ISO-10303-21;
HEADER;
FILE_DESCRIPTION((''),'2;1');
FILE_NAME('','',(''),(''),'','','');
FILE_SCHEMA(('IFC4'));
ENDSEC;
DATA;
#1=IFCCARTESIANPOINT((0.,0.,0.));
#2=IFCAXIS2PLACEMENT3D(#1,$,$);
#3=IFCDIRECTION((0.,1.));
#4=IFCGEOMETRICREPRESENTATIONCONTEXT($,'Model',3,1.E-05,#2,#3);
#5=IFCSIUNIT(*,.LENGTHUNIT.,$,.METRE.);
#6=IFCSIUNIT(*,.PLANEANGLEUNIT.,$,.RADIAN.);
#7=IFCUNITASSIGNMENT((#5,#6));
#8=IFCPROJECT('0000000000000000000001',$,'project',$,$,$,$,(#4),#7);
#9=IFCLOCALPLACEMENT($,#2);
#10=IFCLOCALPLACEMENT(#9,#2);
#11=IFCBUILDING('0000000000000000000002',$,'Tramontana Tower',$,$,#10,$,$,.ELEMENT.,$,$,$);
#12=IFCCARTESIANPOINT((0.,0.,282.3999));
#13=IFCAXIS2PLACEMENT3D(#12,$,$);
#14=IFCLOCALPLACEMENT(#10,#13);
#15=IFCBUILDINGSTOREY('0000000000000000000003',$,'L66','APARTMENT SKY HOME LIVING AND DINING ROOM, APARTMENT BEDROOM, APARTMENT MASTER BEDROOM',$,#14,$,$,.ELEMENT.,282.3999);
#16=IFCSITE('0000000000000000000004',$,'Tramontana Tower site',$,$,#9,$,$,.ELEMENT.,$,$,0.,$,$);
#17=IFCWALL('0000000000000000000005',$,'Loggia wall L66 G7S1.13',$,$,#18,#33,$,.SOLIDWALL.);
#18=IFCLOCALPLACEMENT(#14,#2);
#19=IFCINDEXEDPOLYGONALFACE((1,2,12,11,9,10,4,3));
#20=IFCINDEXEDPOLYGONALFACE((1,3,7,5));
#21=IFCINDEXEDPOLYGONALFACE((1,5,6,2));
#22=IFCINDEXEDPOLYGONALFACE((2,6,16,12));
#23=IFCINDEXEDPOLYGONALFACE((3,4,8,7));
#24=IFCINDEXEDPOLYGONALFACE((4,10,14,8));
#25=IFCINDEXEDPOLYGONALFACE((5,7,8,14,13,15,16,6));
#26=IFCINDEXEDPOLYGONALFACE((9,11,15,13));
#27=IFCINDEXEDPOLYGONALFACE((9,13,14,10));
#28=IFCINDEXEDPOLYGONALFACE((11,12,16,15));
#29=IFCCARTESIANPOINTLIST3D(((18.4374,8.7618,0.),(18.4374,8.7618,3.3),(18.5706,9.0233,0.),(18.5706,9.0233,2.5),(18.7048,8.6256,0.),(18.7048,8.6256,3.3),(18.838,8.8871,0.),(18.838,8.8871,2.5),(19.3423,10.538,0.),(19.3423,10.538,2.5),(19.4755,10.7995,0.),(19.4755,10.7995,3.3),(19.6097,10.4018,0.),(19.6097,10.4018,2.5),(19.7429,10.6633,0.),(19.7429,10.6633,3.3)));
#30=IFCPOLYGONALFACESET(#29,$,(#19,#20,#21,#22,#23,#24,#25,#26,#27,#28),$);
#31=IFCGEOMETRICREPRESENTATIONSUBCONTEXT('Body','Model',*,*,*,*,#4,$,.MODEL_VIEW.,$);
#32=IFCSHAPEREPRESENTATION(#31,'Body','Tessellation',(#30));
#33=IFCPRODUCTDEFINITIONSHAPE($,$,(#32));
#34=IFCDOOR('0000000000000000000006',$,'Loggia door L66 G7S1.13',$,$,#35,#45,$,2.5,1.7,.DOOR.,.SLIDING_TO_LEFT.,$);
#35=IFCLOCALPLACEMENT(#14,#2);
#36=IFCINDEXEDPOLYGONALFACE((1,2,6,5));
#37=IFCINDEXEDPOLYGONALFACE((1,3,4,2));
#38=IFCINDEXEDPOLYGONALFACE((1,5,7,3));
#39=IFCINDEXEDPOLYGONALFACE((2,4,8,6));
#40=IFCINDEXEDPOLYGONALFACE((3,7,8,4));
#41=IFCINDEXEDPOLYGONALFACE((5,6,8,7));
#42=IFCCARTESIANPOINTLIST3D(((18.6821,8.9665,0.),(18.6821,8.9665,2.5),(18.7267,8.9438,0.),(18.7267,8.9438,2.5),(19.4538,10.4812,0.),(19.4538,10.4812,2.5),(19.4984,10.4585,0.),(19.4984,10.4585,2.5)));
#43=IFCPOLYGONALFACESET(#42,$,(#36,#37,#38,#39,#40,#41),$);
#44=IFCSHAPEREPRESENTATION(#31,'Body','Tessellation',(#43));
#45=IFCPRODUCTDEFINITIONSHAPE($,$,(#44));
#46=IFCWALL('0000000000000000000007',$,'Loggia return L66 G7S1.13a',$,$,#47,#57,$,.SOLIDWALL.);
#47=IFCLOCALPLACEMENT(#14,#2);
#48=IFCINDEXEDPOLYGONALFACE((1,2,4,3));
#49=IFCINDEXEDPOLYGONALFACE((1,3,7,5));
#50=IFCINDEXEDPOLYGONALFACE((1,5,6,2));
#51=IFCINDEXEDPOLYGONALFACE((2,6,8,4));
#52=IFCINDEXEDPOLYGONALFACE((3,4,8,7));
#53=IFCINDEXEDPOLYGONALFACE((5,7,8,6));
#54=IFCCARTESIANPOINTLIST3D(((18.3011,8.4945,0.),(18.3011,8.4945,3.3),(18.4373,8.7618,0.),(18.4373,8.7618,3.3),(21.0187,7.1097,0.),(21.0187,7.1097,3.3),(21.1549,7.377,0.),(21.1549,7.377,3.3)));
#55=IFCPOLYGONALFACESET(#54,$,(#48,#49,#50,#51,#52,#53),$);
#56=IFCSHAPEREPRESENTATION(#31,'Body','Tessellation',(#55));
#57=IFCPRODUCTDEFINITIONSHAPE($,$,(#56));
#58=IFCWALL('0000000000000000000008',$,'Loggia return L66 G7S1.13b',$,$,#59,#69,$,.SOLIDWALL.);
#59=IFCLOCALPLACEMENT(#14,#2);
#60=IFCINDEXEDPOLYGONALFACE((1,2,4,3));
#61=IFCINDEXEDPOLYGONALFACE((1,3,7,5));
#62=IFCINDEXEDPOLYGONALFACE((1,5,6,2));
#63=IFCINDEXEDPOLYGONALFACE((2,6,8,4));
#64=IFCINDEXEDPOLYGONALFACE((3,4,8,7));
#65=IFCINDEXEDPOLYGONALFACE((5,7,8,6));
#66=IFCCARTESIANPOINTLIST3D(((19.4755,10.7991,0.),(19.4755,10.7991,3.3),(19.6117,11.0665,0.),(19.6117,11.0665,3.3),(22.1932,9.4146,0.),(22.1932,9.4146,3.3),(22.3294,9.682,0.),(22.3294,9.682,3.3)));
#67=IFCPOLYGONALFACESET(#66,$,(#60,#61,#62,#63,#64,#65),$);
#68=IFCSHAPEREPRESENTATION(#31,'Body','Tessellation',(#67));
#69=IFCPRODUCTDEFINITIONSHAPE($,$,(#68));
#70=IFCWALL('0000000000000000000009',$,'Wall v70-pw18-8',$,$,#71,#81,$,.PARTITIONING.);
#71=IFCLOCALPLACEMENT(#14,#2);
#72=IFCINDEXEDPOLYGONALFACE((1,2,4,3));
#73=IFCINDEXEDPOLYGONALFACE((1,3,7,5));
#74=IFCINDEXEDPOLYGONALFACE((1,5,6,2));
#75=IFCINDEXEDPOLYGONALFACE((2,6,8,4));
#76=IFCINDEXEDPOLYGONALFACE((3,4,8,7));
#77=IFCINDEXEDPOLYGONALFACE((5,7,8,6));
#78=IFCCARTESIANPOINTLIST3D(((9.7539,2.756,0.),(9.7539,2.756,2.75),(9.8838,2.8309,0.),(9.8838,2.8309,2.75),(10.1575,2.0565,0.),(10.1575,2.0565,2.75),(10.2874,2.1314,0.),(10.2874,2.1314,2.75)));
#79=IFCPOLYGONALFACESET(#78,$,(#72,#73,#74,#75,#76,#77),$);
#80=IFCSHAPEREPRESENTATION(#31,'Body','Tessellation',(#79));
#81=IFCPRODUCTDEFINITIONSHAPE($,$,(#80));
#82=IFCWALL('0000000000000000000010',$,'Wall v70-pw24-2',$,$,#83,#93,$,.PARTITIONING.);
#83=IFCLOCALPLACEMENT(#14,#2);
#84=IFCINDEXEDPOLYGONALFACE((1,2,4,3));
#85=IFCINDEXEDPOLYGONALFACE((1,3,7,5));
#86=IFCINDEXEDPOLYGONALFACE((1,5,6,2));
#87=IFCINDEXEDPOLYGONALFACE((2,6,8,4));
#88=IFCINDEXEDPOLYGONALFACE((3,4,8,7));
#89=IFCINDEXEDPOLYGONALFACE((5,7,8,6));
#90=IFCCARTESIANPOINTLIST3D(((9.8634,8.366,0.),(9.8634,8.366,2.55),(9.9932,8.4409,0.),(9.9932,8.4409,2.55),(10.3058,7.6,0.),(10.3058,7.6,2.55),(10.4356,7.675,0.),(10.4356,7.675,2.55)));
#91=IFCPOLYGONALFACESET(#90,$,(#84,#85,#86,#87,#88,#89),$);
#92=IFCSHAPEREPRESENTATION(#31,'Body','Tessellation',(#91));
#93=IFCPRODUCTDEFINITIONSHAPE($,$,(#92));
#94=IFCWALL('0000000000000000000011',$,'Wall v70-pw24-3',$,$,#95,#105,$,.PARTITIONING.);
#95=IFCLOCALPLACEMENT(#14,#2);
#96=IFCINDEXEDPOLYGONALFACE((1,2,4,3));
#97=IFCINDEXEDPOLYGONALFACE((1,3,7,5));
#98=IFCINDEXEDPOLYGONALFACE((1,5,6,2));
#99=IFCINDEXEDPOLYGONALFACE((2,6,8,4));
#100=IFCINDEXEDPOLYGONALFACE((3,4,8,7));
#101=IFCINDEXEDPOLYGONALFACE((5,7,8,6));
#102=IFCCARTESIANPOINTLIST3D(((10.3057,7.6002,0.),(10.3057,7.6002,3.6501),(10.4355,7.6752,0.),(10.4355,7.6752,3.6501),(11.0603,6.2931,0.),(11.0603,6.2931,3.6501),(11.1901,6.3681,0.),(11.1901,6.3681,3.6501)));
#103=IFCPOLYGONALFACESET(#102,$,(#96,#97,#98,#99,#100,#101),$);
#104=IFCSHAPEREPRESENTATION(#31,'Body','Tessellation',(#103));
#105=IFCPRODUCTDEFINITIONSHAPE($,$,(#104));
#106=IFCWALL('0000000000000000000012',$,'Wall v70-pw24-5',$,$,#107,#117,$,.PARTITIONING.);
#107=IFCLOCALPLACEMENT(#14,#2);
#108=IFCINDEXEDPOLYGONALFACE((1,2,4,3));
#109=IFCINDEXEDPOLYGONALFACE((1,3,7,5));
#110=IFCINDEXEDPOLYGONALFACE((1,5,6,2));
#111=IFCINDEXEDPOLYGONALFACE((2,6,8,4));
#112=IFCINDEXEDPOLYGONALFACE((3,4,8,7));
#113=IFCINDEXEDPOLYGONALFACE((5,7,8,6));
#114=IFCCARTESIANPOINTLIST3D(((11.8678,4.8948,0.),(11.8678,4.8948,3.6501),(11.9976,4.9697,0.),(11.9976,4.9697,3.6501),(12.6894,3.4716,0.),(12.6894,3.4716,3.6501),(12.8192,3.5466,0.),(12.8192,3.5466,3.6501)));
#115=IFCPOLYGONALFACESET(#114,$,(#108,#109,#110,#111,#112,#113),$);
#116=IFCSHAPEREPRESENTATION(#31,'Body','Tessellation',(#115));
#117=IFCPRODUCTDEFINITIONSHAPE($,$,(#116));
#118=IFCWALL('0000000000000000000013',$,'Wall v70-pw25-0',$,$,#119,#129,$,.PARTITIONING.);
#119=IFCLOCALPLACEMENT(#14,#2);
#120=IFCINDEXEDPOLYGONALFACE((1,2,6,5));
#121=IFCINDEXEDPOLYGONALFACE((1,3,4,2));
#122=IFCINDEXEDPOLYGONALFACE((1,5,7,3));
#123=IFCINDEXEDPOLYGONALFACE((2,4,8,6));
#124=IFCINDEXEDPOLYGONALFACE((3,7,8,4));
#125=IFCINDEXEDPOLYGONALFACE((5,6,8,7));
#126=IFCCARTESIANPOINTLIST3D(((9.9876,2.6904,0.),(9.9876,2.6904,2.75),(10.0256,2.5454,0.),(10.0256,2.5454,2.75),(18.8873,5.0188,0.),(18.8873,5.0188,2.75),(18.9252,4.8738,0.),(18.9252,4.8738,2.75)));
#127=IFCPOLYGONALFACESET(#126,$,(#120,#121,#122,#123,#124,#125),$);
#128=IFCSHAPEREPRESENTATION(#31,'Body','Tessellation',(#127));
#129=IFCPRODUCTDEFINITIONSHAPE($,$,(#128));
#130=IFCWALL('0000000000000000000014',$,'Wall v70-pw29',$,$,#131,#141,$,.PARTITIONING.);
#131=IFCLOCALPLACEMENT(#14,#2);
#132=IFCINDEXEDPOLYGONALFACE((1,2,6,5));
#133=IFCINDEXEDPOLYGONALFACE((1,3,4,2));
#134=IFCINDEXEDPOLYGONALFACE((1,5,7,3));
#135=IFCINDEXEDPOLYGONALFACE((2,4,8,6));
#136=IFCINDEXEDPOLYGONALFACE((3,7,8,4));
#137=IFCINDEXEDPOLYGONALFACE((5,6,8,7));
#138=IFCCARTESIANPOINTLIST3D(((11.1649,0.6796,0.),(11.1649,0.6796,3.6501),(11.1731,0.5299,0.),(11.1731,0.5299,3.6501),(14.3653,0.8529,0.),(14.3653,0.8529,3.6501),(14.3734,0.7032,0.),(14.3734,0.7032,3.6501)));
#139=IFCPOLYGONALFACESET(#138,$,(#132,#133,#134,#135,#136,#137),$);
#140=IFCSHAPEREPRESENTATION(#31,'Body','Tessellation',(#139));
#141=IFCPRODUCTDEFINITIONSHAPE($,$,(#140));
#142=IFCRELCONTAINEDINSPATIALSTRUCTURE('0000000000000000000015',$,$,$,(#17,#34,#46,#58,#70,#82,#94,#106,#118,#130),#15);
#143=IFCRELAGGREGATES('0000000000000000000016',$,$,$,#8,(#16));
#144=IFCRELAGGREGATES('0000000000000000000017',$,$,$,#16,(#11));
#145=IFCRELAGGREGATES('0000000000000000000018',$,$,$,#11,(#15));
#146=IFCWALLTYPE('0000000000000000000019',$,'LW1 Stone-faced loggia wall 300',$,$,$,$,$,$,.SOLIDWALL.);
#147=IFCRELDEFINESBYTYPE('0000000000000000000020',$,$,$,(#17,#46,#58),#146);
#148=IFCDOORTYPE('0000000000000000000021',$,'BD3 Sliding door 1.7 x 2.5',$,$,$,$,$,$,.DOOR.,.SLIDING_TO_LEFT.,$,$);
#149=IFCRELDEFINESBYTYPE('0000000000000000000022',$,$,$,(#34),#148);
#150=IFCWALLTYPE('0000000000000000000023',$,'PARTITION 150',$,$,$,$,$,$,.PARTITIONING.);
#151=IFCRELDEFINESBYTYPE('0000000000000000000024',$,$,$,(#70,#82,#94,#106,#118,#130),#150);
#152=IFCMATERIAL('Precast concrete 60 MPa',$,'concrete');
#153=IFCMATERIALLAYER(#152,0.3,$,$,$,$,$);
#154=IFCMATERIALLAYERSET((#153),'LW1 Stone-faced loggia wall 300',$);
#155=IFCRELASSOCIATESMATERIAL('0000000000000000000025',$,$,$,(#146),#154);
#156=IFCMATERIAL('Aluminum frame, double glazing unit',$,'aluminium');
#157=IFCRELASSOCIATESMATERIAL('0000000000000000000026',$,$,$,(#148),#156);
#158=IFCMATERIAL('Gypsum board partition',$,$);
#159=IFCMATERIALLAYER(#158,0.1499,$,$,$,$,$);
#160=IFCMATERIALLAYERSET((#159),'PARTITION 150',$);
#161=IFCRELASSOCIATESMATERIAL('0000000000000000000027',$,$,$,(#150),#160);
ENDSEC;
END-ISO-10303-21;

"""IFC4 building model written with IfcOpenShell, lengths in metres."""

from ifc_helpers import new_model, si_unit, direction, frame, frame_2d, origin, place, context, subcontext, project, spatial, rectangle, extrude, material, layer, layer_set, type_object, element, fill, save


model = new_model("IFC4")

# Units and contexts
model_context = context("Model", 3, precision=1e-05, world=origin(), true_north=direction((0.0, 1.0)))
body_context = subcontext(model_context, "Body", "Model", "MODEL_VIEW")
ifc_project = project(units=[si_unit("LENGTHUNIT", "METRE"), si_unit("PLANEANGLEUNIT", "RADIAN")], contexts=[model_context])

# Site, building, storey
site_placement = place(None, origin())
site = spatial("IfcSite", under=ifc_project, at=site_placement, Name="Tramontana Tower site", CompositionType="ELEMENT", RefElevation=0.0)
building_placement = place(site_placement, origin())
building = spatial("IfcBuilding", under=site, at=building_placement, Name="Tramontana Tower", CompositionType="ELEMENT")
storey_placement = place(building_placement, frame((0.0, 0.0, 282.3999)))
storey = spatial("IfcBuildingStorey", under=building, at=storey_placement, Name="L66", Description="APARTMENT SKY HOME LIVING AND DINING ROOM, APARTMENT BEDROOM, APARTMENT MASTER BEDROOM", CompositionType="ELEMENT", Elevation=282.3999)

# Shared definitions
ifc_material_1 = material(Name="Precast concrete 60 MPa", Category="concrete")
ifc_layer_1 = layer(ifc_material_1, 0.3)
ifc_layer_set_1 = layer_set([ifc_layer_1], Name="LW1 Stone-faced loggia wall 300")
wall_type_1 = type_object("IfcWallType", Name="LW1 Stone-faced loggia wall 300", PredefinedType="SOLIDWALL", material=ifc_layer_set_1)
ifc_material_2 = material(Name="Aluminum frame, double glazing unit", Category="aluminium")
door_type_1 = type_object("IfcDoorType", Name="BD3 Sliding door 1.7 x 2.5", OperationType="SLIDING_TO_LEFT", PredefinedType="DOOR", material=ifc_material_2)

# Wall, opening, door
wall_1_placement = place(storey_placement, frame((18.571, 8.6936, 0.0), z_axis=(0.0, 0.0, 1.0), x_axis=(0.453948, 0.891028, 0.0)))
wall_1 = element("IfcWall", 1, at=wall_1_placement, inside=storey, type_object=wall_type_1, Name="Loggia wall L66 G7S1.13", PredefinedType="SOLIDWALL", context=body_context, shape_type="SweptSolid", body=[
    extrude(rectangle(XDim=2.2869, YDim=0.3, at=frame_2d((1.1436, 0.0))), origin(), (0.0, 0.0, 1.0), 3.3),
])
opening_1_placement = place(wall_1_placement, frame((0.2935, 0.0, 0.0)))
opening_1 = element("IfcOpeningElement", 2, at=opening_1_placement, cuts=wall_1, PredefinedType="OPENING", context=body_context, shape_type="SweptSolid", body=[
    extrude(rectangle(XDim=1.7, YDim=2.5, at=frame_2d((0.8501, 1.25))), frame((0.0, 0.1599, 0.0), z_axis=(0.0, -1.0, 0.0), x_axis=(1.0, 0.0, 0.0)), (0.0, 0.0, 1.0), 0.3201),
])
door_1_placement = place(opening_1_placement, origin())
door_1 = element("IfcDoor", 3, at=door_1_placement, inside=storey, type_object=door_type_1, Name="Loggia door L66 G7S1.13", OperationType="SLIDING_TO_LEFT", OverallHeight=2.5, OverallWidth=1.7, PredefinedType="DOOR", context=body_context, shape_type="SweptSolid", body=[
    extrude(rectangle(XDim=1.7, YDim=2.5, at=frame_2d((0.8501, 1.25))), frame((0.0, 0.0249, 0.0), z_axis=(0.0, -1.0, 0.0), x_axis=(1.0, 0.0, 0.0)), (0.0, 0.0, 1.0), 0.05),
])
fill(opening_1, door_1)

# Walls
for number, where, z_axis, x_axis, name in (
    (4, (21.0867, 7.2434, 0.0), (0.0, 0.0, 1.0), (-0.890991, 0.454021, 0.0), "Loggia return L66 G7S1.13a"),
    (5, (22.2612, 9.5483, 0.0), (0.0, 0.0, 1.0), (-0.89104, 0.453925, 0.0), "Loggia return L66 G7S1.13b"),
):
    element("IfcWall", number, at=place(storey_placement, frame(where, z_axis=z_axis, x_axis=x_axis)), inside=storey, type_object=wall_type_1, Name=name, PredefinedType="SOLIDWALL", context=body_context, shape_type="SweptSolid", body=[
        extrude(rectangle(XDim=3.05, YDim=0.3, at=frame_2d((1.5249, 0.0))), origin(), (0.0, 0.0, 1.0), 3.3),
    ])
ifc_material_3 = material(Name="Gypsum board partition")
ifc_layer_2 = layer(ifc_material_3, 0.1499)
ifc_layer_set_2 = layer_set([ifc_layer_2], Name="PARTITION 150")
wall_type_2 = type_object("IfcWallType", Name="PARTITION 150", PredefinedType="PARTITIONING", material=ifc_layer_set_2)
wall_2_placement = place(storey_placement, frame((9.8188, 2.7935, 0.0), z_axis=(0.0, 0.0, 1.0), x_axis=(0.499749, -0.86617, 0.0)))
element("IfcWall", 6, at=wall_2_placement, inside=storey, type_object=wall_type_2, Name="Wall v70-pw18-8", PredefinedType="PARTITIONING", context=body_context, shape_type="SweptSolid", body=[
    extrude(rectangle(XDim=0.8076, YDim=0.1499, at=frame_2d((0.4038, 0.0))), origin(), (0.0, 0.0, 1.0), 2.75),
])

# Walls
wall_3_placement = place(storey_placement, frame((9.9282, 8.4036, 0.0), z_axis=(0.0, 0.0, 1.0), x_axis=(0.500176, -0.865924, 0.0)))
element("IfcWall", 7, at=wall_3_placement, inside=storey, type_object=wall_type_2, Name="Wall v70-pw24-2", PredefinedType="PARTITIONING", context=body_context, shape_type="SweptSolid", body=[
    extrude(rectangle(XDim=0.8845, YDim=0.1499, at=frame_2d((0.4424, 0.0))), origin(), (0.0, 0.0, 1.0), 2.55),
])
wall_4_placement = place(storey_placement, frame((10.3706, 7.6377, 0.0), z_axis=(0.0, 0.0, 1.0), x_axis=(0.499984, -0.866035, 0.0)))
element("IfcWall", 8, at=wall_4_placement, inside=storey, type_object=wall_type_2, Name="Wall v70-pw24-3", PredefinedType="PARTITIONING", context=body_context, shape_type="SweptSolid", body=[
    extrude(rectangle(XDim=1.5093, YDim=0.1499, at=frame_2d((0.7546, 0.0))), origin(), (0.0, 0.0, 1.0), 3.6501),
])

# Walls
wall_5_placement = place(storey_placement, frame((11.9326, 4.9324, 0.0), z_axis=(0.0, 0.0, 1.0), x_axis=(0.499958, -0.86605, 0.0)))
element("IfcWall", 9, at=wall_5_placement, inside=storey, type_object=wall_type_2, Name="Wall v70-pw24-5", PredefinedType="PARTITIONING", context=body_context, shape_type="SweptSolid", body=[
    extrude(rectangle(XDim=1.6433, YDim=0.1499, at=frame_2d((0.8218, 0.0))), origin(), (0.0, 0.0, 1.0), 3.6501),
])
wall_6_placement = place(storey_placement, frame((10.0066, 2.6179, 0.0), z_axis=(0.0, 0.0, 1.0), x_axis=(0.967439, 0.253106, 0.0)))
element("IfcWall", 10, at=wall_6_placement, inside=storey, type_object=wall_type_2, Name="Wall v70-pw25-0", PredefinedType="PARTITIONING", context=body_context, shape_type="SweptSolid", body=[
    extrude(rectangle(XDim=9.1992, YDim=0.1499, at=frame_2d((4.5996, 0.0))), origin(), (0.0, 0.0, 1.0), 2.75),
])
wall_7_placement = place(storey_placement, frame((14.3694, 0.7781, 0.0), z_axis=(0.0, 0.0, 1.0), x_axis=(-0.998536, -0.054082, 0.0)))
element("IfcWall", 11, at=wall_7_placement, inside=storey, type_object=wall_type_2, Name="Wall v70-pw29", PredefinedType="PARTITIONING", context=body_context, shape_type="SweptSolid", body=[
    extrude(rectangle(XDim=3.2051, YDim=0.1499, at=frame_2d((1.6025, 0.0))), origin(), (0.0, 0.0, 1.0), 3.6501),
])

save(model, "model.ifc")
